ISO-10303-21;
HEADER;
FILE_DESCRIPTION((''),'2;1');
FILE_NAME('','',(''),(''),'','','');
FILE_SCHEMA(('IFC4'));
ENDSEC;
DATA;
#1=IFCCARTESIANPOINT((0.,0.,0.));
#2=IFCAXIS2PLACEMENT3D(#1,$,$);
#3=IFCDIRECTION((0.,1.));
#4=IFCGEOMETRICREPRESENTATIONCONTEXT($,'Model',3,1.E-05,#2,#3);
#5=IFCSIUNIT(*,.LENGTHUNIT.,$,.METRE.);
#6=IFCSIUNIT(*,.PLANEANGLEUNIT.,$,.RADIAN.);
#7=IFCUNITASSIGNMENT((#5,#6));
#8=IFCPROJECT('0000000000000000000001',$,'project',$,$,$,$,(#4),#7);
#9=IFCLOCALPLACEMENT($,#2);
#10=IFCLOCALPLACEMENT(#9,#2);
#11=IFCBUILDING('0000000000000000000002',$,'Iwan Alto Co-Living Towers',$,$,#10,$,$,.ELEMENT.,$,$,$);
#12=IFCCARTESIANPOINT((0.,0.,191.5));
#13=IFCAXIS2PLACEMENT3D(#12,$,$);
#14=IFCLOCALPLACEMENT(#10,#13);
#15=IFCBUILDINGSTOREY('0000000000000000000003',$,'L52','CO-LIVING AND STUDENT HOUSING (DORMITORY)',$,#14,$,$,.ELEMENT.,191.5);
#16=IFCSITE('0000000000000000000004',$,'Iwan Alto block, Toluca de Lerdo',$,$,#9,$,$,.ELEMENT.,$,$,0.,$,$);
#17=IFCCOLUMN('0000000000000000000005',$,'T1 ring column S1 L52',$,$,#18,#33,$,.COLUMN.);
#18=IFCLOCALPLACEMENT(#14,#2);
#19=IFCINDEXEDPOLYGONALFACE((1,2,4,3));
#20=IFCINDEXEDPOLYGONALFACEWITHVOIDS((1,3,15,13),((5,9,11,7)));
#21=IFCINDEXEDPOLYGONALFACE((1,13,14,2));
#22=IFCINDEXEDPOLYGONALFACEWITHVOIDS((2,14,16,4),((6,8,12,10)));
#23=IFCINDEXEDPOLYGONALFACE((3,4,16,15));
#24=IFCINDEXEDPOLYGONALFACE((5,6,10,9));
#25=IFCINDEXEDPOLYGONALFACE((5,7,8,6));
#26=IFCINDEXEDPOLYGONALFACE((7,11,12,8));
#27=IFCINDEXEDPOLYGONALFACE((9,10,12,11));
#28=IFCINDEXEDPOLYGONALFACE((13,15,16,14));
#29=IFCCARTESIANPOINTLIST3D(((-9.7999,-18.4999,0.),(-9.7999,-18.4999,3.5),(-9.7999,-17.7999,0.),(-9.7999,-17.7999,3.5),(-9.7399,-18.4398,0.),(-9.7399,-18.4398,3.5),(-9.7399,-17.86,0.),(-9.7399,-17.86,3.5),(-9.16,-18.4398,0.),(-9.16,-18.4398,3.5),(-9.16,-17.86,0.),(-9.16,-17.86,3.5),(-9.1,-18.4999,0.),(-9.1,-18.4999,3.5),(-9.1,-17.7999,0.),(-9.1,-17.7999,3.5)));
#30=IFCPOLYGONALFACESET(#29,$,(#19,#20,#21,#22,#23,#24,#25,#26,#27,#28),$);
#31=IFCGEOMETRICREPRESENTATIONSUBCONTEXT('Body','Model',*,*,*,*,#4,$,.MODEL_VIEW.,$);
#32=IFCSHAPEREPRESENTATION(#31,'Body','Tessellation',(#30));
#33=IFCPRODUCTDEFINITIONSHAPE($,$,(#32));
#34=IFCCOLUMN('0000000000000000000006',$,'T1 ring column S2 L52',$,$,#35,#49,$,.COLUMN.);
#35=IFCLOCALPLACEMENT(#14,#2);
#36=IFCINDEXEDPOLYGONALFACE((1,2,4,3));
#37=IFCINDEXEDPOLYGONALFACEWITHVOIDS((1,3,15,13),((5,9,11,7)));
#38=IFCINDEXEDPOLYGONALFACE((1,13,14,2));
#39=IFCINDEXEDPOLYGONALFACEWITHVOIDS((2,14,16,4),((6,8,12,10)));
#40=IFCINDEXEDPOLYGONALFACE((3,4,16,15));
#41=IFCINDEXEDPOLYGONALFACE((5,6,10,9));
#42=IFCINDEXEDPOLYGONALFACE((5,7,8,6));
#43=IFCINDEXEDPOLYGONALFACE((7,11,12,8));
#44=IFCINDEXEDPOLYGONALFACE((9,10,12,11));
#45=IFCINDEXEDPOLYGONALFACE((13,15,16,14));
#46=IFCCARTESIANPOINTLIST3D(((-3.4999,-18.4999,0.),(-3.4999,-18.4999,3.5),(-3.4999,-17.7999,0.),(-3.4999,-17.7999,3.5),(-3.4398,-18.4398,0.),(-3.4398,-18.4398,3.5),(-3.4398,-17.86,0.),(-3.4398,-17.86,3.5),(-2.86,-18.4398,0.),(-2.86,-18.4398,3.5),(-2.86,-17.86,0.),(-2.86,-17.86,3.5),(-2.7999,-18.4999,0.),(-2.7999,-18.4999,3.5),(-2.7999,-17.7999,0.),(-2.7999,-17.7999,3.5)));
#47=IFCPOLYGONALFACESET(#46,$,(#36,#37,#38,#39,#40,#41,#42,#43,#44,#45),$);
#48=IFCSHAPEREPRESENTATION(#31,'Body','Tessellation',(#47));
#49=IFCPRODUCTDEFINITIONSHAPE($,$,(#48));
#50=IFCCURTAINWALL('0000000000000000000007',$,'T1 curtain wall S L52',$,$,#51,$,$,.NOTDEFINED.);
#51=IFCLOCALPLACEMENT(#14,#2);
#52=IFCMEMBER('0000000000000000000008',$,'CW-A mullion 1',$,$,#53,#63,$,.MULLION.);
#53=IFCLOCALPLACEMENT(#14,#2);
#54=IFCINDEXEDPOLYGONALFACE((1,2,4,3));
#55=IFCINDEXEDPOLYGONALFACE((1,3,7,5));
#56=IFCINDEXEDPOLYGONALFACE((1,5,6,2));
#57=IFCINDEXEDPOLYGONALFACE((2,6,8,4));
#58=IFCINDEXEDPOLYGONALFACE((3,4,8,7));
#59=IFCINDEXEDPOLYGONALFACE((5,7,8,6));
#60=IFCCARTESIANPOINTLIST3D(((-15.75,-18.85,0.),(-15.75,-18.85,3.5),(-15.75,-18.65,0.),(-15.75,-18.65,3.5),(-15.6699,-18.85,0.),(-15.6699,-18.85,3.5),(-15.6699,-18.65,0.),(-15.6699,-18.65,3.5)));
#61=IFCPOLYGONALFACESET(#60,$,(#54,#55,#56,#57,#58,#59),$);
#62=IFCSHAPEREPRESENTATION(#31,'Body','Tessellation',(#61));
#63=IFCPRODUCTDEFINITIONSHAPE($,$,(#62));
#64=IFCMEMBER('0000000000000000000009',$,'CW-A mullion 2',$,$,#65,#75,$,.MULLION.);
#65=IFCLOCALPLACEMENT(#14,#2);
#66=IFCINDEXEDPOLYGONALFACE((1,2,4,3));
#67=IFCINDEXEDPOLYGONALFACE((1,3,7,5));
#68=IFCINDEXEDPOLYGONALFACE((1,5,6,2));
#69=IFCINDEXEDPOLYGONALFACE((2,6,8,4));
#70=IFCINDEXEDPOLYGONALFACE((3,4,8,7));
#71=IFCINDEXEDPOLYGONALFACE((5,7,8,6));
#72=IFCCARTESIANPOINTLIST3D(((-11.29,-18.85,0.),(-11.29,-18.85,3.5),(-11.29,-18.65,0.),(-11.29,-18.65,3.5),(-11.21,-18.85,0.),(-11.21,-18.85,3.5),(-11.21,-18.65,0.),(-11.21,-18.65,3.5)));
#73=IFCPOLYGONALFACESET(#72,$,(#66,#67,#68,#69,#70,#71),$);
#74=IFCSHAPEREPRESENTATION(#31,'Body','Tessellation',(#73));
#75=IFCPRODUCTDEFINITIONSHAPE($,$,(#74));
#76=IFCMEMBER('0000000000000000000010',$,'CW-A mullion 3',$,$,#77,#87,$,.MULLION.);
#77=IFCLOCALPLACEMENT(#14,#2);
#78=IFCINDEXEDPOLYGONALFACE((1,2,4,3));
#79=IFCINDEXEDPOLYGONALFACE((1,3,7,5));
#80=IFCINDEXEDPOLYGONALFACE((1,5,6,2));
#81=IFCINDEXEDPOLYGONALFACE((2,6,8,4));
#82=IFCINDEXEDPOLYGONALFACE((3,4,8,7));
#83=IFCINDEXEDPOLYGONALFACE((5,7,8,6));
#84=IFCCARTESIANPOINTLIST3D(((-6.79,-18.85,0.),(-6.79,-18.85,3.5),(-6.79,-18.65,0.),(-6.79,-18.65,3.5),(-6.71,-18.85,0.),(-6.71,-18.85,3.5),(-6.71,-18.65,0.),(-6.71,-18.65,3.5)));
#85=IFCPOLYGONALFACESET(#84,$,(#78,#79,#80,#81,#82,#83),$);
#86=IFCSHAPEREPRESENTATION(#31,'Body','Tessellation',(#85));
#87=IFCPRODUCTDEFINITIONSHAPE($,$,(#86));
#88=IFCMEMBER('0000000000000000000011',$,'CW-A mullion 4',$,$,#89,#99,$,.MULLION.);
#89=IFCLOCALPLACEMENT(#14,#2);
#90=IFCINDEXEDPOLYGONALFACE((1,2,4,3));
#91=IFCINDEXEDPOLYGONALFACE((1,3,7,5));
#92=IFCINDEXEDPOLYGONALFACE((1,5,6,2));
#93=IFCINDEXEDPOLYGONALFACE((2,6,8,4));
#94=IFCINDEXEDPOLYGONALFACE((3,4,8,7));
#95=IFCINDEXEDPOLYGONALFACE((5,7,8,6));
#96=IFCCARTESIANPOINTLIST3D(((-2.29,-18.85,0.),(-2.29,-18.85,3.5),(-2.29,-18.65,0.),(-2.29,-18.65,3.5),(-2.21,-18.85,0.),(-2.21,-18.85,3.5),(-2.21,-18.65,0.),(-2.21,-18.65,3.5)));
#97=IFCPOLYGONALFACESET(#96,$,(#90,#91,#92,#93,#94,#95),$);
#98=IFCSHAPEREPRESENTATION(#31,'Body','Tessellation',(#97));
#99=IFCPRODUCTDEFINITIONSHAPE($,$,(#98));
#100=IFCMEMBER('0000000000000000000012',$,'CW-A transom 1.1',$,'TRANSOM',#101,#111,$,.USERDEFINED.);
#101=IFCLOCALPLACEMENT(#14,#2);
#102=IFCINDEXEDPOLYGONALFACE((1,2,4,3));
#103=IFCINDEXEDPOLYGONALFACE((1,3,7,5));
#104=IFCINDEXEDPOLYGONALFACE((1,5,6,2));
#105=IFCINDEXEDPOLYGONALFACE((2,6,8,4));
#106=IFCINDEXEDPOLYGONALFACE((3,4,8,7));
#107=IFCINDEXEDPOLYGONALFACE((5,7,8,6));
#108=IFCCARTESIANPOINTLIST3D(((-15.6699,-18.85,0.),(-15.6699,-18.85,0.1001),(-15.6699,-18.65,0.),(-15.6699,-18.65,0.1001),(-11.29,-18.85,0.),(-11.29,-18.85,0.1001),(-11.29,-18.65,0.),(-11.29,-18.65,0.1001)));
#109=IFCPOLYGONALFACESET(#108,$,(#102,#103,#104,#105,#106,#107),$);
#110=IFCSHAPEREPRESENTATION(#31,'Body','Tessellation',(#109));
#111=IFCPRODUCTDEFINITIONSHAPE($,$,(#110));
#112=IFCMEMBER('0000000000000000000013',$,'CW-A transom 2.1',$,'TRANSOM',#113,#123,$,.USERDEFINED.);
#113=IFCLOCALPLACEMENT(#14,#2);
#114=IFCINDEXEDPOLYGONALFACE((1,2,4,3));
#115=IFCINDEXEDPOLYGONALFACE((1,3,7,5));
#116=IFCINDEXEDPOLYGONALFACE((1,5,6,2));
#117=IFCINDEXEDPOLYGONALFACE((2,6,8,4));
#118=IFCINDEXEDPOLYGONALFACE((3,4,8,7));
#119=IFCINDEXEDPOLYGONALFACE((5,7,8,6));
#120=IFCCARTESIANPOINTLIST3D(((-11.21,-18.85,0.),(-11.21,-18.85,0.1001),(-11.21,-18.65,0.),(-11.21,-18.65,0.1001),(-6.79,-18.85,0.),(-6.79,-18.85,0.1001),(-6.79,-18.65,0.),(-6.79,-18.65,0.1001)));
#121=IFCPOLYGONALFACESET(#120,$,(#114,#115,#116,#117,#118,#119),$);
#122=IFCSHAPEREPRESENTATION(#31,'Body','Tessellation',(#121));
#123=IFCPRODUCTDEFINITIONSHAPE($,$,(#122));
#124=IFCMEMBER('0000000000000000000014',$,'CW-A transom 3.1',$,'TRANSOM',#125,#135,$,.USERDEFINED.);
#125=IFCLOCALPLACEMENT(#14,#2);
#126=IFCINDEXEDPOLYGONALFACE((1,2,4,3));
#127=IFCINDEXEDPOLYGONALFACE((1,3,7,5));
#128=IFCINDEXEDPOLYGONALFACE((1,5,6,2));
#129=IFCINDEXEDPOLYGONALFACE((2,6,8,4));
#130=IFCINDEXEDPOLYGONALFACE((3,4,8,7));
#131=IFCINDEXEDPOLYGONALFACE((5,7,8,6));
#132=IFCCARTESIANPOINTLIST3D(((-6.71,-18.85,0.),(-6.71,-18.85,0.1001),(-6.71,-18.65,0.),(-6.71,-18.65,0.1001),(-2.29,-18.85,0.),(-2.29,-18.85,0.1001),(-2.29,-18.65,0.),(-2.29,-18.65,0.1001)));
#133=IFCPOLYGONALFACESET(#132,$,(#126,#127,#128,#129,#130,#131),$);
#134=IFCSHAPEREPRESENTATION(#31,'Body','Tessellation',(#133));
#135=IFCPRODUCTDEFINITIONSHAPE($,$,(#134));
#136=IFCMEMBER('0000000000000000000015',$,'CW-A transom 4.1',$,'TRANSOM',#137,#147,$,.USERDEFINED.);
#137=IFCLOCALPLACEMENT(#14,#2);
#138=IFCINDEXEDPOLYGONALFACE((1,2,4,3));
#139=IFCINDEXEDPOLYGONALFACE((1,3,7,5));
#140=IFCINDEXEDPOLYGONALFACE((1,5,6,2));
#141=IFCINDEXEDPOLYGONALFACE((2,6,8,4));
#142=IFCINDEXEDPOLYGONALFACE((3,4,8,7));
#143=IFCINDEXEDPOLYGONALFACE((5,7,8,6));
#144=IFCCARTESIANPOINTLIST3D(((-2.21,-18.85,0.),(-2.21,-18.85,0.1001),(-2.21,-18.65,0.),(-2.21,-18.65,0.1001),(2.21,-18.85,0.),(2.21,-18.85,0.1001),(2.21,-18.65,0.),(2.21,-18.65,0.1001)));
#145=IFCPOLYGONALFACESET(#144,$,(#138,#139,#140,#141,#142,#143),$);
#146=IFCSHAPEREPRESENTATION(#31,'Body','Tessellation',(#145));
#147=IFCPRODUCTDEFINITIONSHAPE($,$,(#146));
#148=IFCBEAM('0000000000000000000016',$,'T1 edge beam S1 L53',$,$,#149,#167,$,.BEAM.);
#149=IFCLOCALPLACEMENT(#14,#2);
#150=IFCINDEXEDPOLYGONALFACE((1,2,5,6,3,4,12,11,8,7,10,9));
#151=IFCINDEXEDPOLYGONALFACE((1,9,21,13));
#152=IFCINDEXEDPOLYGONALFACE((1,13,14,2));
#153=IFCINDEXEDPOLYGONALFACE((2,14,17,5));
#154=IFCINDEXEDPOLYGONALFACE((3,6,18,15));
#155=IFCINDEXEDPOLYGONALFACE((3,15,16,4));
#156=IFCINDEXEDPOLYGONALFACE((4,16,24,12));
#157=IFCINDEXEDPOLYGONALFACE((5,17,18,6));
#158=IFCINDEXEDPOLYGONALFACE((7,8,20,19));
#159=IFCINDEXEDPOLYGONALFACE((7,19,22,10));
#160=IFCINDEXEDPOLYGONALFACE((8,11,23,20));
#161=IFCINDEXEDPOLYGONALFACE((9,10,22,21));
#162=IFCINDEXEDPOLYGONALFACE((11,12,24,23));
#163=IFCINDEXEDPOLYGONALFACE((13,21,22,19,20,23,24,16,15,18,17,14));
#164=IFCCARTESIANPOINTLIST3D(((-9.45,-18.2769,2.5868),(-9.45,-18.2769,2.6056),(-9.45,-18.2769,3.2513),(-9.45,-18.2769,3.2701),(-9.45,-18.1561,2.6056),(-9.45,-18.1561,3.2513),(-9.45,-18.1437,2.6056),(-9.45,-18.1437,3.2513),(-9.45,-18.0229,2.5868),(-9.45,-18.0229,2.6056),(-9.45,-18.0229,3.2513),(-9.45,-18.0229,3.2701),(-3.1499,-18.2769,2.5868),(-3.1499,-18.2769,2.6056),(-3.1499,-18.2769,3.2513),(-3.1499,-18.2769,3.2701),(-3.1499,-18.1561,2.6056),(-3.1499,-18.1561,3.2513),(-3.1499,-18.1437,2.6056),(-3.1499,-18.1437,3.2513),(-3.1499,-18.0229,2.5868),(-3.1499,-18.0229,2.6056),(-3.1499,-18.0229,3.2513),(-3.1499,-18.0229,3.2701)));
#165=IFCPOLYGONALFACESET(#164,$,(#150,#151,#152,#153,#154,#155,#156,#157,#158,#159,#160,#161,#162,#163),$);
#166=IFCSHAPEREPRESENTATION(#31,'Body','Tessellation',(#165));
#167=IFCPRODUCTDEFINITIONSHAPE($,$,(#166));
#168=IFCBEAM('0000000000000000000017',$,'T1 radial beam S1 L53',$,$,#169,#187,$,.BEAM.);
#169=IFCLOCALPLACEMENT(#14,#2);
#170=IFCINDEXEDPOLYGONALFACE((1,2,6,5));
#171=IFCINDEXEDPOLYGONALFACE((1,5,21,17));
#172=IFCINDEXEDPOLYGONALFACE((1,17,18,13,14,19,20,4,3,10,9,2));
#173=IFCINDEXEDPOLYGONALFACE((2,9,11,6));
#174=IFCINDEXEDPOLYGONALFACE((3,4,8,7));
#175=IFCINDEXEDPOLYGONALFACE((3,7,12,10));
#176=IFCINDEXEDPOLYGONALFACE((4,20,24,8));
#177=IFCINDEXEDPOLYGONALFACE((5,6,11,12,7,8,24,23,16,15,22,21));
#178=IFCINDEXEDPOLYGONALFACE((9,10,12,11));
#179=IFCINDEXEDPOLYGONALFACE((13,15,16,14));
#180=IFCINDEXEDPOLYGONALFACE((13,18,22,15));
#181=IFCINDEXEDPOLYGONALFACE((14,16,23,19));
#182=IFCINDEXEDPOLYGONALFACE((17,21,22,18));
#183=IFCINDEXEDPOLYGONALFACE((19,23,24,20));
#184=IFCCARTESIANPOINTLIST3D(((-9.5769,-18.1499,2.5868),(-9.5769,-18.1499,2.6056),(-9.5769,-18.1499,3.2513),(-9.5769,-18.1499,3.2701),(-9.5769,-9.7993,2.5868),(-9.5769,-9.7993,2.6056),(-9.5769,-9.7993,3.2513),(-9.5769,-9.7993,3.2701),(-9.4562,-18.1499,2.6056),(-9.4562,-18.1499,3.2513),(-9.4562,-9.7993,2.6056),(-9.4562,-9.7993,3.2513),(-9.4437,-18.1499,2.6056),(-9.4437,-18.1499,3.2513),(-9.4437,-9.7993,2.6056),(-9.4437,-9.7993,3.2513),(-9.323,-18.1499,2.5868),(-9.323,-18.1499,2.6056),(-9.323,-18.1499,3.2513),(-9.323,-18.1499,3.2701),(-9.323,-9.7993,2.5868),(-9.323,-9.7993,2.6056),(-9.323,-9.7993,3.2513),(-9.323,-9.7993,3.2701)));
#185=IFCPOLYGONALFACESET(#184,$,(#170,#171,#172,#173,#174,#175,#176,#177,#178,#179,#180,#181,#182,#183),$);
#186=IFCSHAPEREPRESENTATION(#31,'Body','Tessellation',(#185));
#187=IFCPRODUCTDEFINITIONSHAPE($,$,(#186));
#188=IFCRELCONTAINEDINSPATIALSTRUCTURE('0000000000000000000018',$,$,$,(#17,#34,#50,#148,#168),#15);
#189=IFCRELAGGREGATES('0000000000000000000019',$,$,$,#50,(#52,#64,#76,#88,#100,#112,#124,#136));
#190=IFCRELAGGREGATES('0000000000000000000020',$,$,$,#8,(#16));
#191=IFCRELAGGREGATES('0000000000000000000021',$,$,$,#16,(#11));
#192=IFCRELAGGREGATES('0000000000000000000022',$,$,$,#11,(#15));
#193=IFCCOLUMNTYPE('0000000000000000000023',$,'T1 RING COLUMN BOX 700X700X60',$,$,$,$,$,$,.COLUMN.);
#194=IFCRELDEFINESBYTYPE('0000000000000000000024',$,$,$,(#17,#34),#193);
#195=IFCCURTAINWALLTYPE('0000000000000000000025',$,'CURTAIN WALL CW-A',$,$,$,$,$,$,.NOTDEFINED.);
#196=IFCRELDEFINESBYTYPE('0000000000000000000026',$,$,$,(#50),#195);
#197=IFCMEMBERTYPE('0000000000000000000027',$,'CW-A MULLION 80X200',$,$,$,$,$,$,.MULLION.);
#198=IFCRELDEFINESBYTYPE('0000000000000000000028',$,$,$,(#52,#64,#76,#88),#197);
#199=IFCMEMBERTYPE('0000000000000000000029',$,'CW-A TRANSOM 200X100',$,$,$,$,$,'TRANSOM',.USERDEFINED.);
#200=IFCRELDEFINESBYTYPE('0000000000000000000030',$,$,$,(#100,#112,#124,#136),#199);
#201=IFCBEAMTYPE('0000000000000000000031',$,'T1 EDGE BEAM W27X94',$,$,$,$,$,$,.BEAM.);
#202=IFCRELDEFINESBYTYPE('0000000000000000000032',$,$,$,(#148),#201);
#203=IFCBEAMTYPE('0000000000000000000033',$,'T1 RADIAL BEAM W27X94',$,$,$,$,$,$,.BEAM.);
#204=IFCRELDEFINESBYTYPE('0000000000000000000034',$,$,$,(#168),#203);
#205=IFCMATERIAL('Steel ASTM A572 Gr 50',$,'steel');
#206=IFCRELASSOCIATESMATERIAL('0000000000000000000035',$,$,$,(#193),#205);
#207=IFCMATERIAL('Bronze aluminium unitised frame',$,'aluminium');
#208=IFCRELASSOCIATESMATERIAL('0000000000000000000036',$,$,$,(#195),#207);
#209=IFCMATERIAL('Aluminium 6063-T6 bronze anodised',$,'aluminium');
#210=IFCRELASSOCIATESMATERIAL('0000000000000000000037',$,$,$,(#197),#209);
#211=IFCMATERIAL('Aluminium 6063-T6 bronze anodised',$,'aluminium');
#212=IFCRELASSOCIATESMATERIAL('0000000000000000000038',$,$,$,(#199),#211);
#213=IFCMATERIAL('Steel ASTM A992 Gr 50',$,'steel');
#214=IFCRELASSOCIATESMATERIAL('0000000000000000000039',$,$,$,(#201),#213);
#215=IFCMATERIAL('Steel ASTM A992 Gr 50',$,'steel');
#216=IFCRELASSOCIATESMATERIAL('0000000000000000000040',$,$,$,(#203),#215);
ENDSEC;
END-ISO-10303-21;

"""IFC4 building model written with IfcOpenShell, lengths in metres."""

from ifc_helpers import new_model, si_unit, direction, frame, origin, origin_2d, place, context, subcontext, project, spatial, rectangle, hollow_rectangle, i_section, extrude, material, material_profile, profile_set, type_object, element, aggregate, save


model = new_model("IFC4")

# Units and contexts
model_context = context("Model", 3, precision=1e-05, world=origin(), true_north=direction((0.0, 1.0)))
body_context = subcontext(model_context, "Body", "Model", "MODEL_VIEW")
ifc_project = project(units=[si_unit("LENGTHUNIT", "METRE"), si_unit("PLANEANGLEUNIT", "RADIAN")], contexts=[model_context])

# Site, building, storey
site_placement = place(None, origin())
site = spatial("IfcSite", under=ifc_project, at=site_placement, Name="Iwan Alto block, Toluca de Lerdo", CompositionType="ELEMENT", RefElevation=0.0)
building_placement = place(site_placement, origin())
building = spatial("IfcBuilding", under=site, at=building_placement, Name="Iwan Alto Co-Living Towers", CompositionType="ELEMENT")
storey_placement = place(building_placement, frame((0.0, 0.0, 191.5)))
storey = spatial("IfcBuildingStorey", under=building, at=storey_placement, Name="L52", Description="CO-LIVING AND STUDENT HOUSING (DORMITORY)", CompositionType="ELEMENT", Elevation=191.5)

# Columns
ifc_material_1 = material(Name="Steel ASTM A572 Gr 50", Category="steel")
ifc_material_profile_1 = material_profile(ifc_material_1, hollow_rectangle(XDim=0.7, YDim=0.7, WallThickness=0.0601, at=origin_2d()), Name="BOX 700X700X60")
ifc_profile_set_1 = profile_set([ifc_material_profile_1], Name="Steel ASTM A572 Gr 50")
column_type = type_object("IfcColumnType", Name="T1 RING COLUMN BOX 700X700X60", PredefinedType="COLUMN", material=ifc_profile_set_1)
for number, where, z_axis, x_axis, name in (
    (1, (-9.45, -18.1499, 0.0), (0.0, 0.0, 1.0), (1.0, 0.0, 0.0), "T1 ring column S1 L52"),
    (2, (-3.1499, -18.1499, 0.0), (0.0, 0.0, 1.0), (1.0, 0.0, 0.0), "T1 ring column S2 L52"),
):
    element("IfcColumn", number, at=place(storey_placement, frame(where, z_axis=z_axis, x_axis=x_axis)), inside=storey, type_object=column_type, Name=name, PredefinedType="COLUMN", context=body_context, shape_type="SweptSolid", body=[
        extrude(hollow_rectangle(XDim=0.7, YDim=0.7, WallThickness=0.0601, at=origin_2d()), origin(), (0.0, 0.0, 1.0), 3.5),
    ])

# Curtain wall, members
ifc_material_2 = material(Name="Bronze aluminium unitised frame", Category="aluminium")
curtain_wall_type = type_object("IfcCurtainWallType", Name="CURTAIN WALL CW-A", PredefinedType="NOTDEFINED", material=ifc_material_2)
curtain_wall_placement = place(storey_placement, origin())
curtain_wall = element("IfcCurtainWall", 3, at=curtain_wall_placement, inside=storey, type_object=curtain_wall_type, Name="T1 curtain wall S L52", PredefinedType="NOTDEFINED")
ifc_material_3 = material(Name="Aluminium 6063-T6 bronze anodised", Category="aluminium")
ifc_material_profile_2 = material_profile(ifc_material_3, rectangle(XDim=0.2, YDim=0.0801, at=origin_2d()), Name="AL 80X200")
ifc_profile_set_2 = profile_set([ifc_material_profile_2], Name="Aluminium 6063-T6 bronze anodised")
member_type_1 = type_object("IfcMemberType", Name="CW-A MULLION 80X200", PredefinedType="MULLION", material=ifc_profile_set_2)
member_1_placement = place(storey_placement, frame((-15.71, -18.75, 0.0), z_axis=(0.0, 0.0, 1.0), x_axis=(0.0, 1.0, 0.0)))
member_1 = element("IfcMember", 4, at=member_1_placement, type_object=member_type_1, Name="CW-A mullion 1", PredefinedType="MULLION", context=body_context, shape_type="SweptSolid", body=[
    extrude(rectangle(XDim=0.2, YDim=0.0801, at=origin_2d()), origin(), (0.0, 0.0, 1.0), 3.5),
])
member_2_placement = place(storey_placement, frame((-11.25, -18.75, 0.0), z_axis=(0.0, 0.0, 1.0), x_axis=(0.0, 1.0, 0.0)))
member_2 = element("IfcMember", 5, at=member_2_placement, type_object=member_type_1, Name="CW-A mullion 2", PredefinedType="MULLION", context=body_context, shape_type="SweptSolid", body=[
    extrude(rectangle(XDim=0.2, YDim=0.0801, at=origin_2d()), origin(), (0.0, 0.0, 1.0), 3.5),
])
member_3_placement = place(storey_placement, frame((-6.75, -18.75, 0.0), z_axis=(0.0, 0.0, 1.0), x_axis=(0.0, 1.0, 0.0)))
member_3 = element("IfcMember", 6, at=member_3_placement, type_object=member_type_1, Name="CW-A mullion 3", PredefinedType="MULLION", context=body_context, shape_type="SweptSolid", body=[
    extrude(rectangle(XDim=0.2, YDim=0.0801, at=origin_2d()), origin(), (0.0, 0.0, 1.0), 3.5),
])
member_4_placement = place(storey_placement, frame((-2.25, -18.75, 0.0), z_axis=(0.0, 0.0, 1.0), x_axis=(0.0, 1.0, 0.0)))
member_4 = element("IfcMember", 7, at=member_4_placement, type_object=member_type_1, Name="CW-A mullion 4", PredefinedType="MULLION", context=body_context, shape_type="SweptSolid", body=[
    extrude(rectangle(XDim=0.2, YDim=0.0801, at=origin_2d()), origin(), (0.0, 0.0, 1.0), 3.5),
])
ifc_material_4 = material(Name="Aluminium 6063-T6 bronze anodised", Category="aluminium")
ifc_material_profile_3 = material_profile(ifc_material_4, rectangle(XDim=0.2, YDim=0.1001, at=origin_2d()), Name="AL 200X100")
ifc_profile_set_3 = profile_set([ifc_material_profile_3], Name="Aluminium 6063-T6 bronze anodised")
member_type_2 = type_object("IfcMemberType", Name="CW-A TRANSOM 200X100", ElementType="TRANSOM", PredefinedType="USERDEFINED", material=ifc_profile_set_3)
member_5_placement = place(storey_placement, frame((-15.6699, -18.75, 0.05), z_axis=(1.0, 0.0, 0.0), x_axis=(0.0, 1.0, 0.0)))
member_5 = element("IfcMember", 8, at=member_5_placement, type_object=member_type_2, Name="CW-A transom 1.1", ObjectType="TRANSOM", PredefinedType="USERDEFINED", context=body_context, shape_type="SweptSolid", body=[
    extrude(rectangle(XDim=0.2, YDim=0.1001, at=origin_2d()), origin(), (0.0, 0.0, 1.0), 4.3799),
])
member_6_placement = place(storey_placement, frame((-11.21, -18.75, 0.05), z_axis=(1.0, 0.0, 0.0), x_axis=(0.0, 1.0, 0.0)))
member_6 = element("IfcMember", 9, at=member_6_placement, type_object=member_type_2, Name="CW-A transom 2.1", ObjectType="TRANSOM", PredefinedType="USERDEFINED", context=body_context, shape_type="SweptSolid", body=[
    extrude(rectangle(XDim=0.2, YDim=0.1001, at=origin_2d()), origin(), (0.0, 0.0, 1.0), 4.4199),
])
member_7_placement = place(storey_placement, frame((-6.71, -18.75, 0.05), z_axis=(1.0, 0.0, 0.0), x_axis=(0.0, 1.0, 0.0)))
member_7 = element("IfcMember", 10, at=member_7_placement, type_object=member_type_2, Name="CW-A transom 3.1", ObjectType="TRANSOM", PredefinedType="USERDEFINED", context=body_context, shape_type="SweptSolid", body=[
    extrude(rectangle(XDim=0.2, YDim=0.1001, at=origin_2d()), origin(), (0.0, 0.0, 1.0), 4.4199),
])
member_8_placement = place(storey_placement, frame((-2.21, -18.75, 0.05), z_axis=(1.0, 0.0, 0.0), x_axis=(0.0, 1.0, 0.0)))
member_8 = element("IfcMember", 11, at=member_8_placement, type_object=member_type_2, Name="CW-A transom 4.1", ObjectType="TRANSOM", PredefinedType="USERDEFINED", context=body_context, shape_type="SweptSolid", body=[
    extrude(rectangle(XDim=0.2, YDim=0.1001, at=origin_2d()), origin(), (0.0, 0.0, 1.0), 4.4199),
])

# Beams
ifc_material_5 = material(Name="Steel ASTM A992 Gr 50", Category="steel")
ifc_material_profile_4 = material_profile(ifc_material_5, i_section(OverallWidth=0.2539, OverallDepth=0.6833, WebThickness=0.0125, FlangeThickness=0.0188, at=origin_2d()), Name="W27X94")
ifc_profile_set_4 = profile_set([ifc_material_profile_4], Name="Steel ASTM A992 Gr 50")
beam_type_1 = type_object("IfcBeamType", Name="T1 EDGE BEAM W27X94", PredefinedType="BEAM", material=ifc_profile_set_4)
beam_1_placement = place(storey_placement, frame((-9.45, -18.1499, 2.9285), z_axis=(1.0, 0.0, 0.0), x_axis=(0.0, 1.0, 0.0)))
element("IfcBeam", 12, at=beam_1_placement, inside=storey, type_object=beam_type_1, Name="T1 edge beam S1 L53", PredefinedType="BEAM", context=body_context, shape_type="SweptSolid", body=[
    extrude(i_section(OverallWidth=0.2539, OverallDepth=0.6833, WebThickness=0.0125, FlangeThickness=0.0188, at=origin_2d()), origin(), (0.0, 0.0, 1.0), 6.3),
])
ifc_material_6 = material(Name="Steel ASTM A992 Gr 50", Category="steel")
ifc_material_profile_5 = material_profile(ifc_material_6, i_section(OverallWidth=0.2539, OverallDepth=0.6833, WebThickness=0.0125, FlangeThickness=0.0188, at=origin_2d()), Name="W27X94")
ifc_profile_set_5 = profile_set([ifc_material_profile_5], Name="Steel ASTM A992 Gr 50")
beam_type_2 = type_object("IfcBeamType", Name="T1 RADIAL BEAM W27X94", PredefinedType="BEAM", material=ifc_profile_set_5)
beam_2_placement = place(storey_placement, frame((-9.45, -18.1499, 2.9285), z_axis=(0.0, 1.0, 0.0), x_axis=(-1.0, 0.0, 0.0)))
element("IfcBeam", 13, at=beam_2_placement, inside=storey, type_object=beam_type_2, Name="T1 radial beam S1 L53", PredefinedType="BEAM", context=body_context, shape_type="SweptSolid", body=[
    extrude(i_section(OverallWidth=0.2539, OverallDepth=0.6833, WebThickness=0.0125, FlangeThickness=0.0188, at=origin_2d()), origin(), (0.0, 0.0, 1.0), 8.3506),
])

aggregate(curtain_wall, [member_1, member_2, member_3, member_4, member_5, member_6, member_7, member_8])

save(model, "model.ifc")
